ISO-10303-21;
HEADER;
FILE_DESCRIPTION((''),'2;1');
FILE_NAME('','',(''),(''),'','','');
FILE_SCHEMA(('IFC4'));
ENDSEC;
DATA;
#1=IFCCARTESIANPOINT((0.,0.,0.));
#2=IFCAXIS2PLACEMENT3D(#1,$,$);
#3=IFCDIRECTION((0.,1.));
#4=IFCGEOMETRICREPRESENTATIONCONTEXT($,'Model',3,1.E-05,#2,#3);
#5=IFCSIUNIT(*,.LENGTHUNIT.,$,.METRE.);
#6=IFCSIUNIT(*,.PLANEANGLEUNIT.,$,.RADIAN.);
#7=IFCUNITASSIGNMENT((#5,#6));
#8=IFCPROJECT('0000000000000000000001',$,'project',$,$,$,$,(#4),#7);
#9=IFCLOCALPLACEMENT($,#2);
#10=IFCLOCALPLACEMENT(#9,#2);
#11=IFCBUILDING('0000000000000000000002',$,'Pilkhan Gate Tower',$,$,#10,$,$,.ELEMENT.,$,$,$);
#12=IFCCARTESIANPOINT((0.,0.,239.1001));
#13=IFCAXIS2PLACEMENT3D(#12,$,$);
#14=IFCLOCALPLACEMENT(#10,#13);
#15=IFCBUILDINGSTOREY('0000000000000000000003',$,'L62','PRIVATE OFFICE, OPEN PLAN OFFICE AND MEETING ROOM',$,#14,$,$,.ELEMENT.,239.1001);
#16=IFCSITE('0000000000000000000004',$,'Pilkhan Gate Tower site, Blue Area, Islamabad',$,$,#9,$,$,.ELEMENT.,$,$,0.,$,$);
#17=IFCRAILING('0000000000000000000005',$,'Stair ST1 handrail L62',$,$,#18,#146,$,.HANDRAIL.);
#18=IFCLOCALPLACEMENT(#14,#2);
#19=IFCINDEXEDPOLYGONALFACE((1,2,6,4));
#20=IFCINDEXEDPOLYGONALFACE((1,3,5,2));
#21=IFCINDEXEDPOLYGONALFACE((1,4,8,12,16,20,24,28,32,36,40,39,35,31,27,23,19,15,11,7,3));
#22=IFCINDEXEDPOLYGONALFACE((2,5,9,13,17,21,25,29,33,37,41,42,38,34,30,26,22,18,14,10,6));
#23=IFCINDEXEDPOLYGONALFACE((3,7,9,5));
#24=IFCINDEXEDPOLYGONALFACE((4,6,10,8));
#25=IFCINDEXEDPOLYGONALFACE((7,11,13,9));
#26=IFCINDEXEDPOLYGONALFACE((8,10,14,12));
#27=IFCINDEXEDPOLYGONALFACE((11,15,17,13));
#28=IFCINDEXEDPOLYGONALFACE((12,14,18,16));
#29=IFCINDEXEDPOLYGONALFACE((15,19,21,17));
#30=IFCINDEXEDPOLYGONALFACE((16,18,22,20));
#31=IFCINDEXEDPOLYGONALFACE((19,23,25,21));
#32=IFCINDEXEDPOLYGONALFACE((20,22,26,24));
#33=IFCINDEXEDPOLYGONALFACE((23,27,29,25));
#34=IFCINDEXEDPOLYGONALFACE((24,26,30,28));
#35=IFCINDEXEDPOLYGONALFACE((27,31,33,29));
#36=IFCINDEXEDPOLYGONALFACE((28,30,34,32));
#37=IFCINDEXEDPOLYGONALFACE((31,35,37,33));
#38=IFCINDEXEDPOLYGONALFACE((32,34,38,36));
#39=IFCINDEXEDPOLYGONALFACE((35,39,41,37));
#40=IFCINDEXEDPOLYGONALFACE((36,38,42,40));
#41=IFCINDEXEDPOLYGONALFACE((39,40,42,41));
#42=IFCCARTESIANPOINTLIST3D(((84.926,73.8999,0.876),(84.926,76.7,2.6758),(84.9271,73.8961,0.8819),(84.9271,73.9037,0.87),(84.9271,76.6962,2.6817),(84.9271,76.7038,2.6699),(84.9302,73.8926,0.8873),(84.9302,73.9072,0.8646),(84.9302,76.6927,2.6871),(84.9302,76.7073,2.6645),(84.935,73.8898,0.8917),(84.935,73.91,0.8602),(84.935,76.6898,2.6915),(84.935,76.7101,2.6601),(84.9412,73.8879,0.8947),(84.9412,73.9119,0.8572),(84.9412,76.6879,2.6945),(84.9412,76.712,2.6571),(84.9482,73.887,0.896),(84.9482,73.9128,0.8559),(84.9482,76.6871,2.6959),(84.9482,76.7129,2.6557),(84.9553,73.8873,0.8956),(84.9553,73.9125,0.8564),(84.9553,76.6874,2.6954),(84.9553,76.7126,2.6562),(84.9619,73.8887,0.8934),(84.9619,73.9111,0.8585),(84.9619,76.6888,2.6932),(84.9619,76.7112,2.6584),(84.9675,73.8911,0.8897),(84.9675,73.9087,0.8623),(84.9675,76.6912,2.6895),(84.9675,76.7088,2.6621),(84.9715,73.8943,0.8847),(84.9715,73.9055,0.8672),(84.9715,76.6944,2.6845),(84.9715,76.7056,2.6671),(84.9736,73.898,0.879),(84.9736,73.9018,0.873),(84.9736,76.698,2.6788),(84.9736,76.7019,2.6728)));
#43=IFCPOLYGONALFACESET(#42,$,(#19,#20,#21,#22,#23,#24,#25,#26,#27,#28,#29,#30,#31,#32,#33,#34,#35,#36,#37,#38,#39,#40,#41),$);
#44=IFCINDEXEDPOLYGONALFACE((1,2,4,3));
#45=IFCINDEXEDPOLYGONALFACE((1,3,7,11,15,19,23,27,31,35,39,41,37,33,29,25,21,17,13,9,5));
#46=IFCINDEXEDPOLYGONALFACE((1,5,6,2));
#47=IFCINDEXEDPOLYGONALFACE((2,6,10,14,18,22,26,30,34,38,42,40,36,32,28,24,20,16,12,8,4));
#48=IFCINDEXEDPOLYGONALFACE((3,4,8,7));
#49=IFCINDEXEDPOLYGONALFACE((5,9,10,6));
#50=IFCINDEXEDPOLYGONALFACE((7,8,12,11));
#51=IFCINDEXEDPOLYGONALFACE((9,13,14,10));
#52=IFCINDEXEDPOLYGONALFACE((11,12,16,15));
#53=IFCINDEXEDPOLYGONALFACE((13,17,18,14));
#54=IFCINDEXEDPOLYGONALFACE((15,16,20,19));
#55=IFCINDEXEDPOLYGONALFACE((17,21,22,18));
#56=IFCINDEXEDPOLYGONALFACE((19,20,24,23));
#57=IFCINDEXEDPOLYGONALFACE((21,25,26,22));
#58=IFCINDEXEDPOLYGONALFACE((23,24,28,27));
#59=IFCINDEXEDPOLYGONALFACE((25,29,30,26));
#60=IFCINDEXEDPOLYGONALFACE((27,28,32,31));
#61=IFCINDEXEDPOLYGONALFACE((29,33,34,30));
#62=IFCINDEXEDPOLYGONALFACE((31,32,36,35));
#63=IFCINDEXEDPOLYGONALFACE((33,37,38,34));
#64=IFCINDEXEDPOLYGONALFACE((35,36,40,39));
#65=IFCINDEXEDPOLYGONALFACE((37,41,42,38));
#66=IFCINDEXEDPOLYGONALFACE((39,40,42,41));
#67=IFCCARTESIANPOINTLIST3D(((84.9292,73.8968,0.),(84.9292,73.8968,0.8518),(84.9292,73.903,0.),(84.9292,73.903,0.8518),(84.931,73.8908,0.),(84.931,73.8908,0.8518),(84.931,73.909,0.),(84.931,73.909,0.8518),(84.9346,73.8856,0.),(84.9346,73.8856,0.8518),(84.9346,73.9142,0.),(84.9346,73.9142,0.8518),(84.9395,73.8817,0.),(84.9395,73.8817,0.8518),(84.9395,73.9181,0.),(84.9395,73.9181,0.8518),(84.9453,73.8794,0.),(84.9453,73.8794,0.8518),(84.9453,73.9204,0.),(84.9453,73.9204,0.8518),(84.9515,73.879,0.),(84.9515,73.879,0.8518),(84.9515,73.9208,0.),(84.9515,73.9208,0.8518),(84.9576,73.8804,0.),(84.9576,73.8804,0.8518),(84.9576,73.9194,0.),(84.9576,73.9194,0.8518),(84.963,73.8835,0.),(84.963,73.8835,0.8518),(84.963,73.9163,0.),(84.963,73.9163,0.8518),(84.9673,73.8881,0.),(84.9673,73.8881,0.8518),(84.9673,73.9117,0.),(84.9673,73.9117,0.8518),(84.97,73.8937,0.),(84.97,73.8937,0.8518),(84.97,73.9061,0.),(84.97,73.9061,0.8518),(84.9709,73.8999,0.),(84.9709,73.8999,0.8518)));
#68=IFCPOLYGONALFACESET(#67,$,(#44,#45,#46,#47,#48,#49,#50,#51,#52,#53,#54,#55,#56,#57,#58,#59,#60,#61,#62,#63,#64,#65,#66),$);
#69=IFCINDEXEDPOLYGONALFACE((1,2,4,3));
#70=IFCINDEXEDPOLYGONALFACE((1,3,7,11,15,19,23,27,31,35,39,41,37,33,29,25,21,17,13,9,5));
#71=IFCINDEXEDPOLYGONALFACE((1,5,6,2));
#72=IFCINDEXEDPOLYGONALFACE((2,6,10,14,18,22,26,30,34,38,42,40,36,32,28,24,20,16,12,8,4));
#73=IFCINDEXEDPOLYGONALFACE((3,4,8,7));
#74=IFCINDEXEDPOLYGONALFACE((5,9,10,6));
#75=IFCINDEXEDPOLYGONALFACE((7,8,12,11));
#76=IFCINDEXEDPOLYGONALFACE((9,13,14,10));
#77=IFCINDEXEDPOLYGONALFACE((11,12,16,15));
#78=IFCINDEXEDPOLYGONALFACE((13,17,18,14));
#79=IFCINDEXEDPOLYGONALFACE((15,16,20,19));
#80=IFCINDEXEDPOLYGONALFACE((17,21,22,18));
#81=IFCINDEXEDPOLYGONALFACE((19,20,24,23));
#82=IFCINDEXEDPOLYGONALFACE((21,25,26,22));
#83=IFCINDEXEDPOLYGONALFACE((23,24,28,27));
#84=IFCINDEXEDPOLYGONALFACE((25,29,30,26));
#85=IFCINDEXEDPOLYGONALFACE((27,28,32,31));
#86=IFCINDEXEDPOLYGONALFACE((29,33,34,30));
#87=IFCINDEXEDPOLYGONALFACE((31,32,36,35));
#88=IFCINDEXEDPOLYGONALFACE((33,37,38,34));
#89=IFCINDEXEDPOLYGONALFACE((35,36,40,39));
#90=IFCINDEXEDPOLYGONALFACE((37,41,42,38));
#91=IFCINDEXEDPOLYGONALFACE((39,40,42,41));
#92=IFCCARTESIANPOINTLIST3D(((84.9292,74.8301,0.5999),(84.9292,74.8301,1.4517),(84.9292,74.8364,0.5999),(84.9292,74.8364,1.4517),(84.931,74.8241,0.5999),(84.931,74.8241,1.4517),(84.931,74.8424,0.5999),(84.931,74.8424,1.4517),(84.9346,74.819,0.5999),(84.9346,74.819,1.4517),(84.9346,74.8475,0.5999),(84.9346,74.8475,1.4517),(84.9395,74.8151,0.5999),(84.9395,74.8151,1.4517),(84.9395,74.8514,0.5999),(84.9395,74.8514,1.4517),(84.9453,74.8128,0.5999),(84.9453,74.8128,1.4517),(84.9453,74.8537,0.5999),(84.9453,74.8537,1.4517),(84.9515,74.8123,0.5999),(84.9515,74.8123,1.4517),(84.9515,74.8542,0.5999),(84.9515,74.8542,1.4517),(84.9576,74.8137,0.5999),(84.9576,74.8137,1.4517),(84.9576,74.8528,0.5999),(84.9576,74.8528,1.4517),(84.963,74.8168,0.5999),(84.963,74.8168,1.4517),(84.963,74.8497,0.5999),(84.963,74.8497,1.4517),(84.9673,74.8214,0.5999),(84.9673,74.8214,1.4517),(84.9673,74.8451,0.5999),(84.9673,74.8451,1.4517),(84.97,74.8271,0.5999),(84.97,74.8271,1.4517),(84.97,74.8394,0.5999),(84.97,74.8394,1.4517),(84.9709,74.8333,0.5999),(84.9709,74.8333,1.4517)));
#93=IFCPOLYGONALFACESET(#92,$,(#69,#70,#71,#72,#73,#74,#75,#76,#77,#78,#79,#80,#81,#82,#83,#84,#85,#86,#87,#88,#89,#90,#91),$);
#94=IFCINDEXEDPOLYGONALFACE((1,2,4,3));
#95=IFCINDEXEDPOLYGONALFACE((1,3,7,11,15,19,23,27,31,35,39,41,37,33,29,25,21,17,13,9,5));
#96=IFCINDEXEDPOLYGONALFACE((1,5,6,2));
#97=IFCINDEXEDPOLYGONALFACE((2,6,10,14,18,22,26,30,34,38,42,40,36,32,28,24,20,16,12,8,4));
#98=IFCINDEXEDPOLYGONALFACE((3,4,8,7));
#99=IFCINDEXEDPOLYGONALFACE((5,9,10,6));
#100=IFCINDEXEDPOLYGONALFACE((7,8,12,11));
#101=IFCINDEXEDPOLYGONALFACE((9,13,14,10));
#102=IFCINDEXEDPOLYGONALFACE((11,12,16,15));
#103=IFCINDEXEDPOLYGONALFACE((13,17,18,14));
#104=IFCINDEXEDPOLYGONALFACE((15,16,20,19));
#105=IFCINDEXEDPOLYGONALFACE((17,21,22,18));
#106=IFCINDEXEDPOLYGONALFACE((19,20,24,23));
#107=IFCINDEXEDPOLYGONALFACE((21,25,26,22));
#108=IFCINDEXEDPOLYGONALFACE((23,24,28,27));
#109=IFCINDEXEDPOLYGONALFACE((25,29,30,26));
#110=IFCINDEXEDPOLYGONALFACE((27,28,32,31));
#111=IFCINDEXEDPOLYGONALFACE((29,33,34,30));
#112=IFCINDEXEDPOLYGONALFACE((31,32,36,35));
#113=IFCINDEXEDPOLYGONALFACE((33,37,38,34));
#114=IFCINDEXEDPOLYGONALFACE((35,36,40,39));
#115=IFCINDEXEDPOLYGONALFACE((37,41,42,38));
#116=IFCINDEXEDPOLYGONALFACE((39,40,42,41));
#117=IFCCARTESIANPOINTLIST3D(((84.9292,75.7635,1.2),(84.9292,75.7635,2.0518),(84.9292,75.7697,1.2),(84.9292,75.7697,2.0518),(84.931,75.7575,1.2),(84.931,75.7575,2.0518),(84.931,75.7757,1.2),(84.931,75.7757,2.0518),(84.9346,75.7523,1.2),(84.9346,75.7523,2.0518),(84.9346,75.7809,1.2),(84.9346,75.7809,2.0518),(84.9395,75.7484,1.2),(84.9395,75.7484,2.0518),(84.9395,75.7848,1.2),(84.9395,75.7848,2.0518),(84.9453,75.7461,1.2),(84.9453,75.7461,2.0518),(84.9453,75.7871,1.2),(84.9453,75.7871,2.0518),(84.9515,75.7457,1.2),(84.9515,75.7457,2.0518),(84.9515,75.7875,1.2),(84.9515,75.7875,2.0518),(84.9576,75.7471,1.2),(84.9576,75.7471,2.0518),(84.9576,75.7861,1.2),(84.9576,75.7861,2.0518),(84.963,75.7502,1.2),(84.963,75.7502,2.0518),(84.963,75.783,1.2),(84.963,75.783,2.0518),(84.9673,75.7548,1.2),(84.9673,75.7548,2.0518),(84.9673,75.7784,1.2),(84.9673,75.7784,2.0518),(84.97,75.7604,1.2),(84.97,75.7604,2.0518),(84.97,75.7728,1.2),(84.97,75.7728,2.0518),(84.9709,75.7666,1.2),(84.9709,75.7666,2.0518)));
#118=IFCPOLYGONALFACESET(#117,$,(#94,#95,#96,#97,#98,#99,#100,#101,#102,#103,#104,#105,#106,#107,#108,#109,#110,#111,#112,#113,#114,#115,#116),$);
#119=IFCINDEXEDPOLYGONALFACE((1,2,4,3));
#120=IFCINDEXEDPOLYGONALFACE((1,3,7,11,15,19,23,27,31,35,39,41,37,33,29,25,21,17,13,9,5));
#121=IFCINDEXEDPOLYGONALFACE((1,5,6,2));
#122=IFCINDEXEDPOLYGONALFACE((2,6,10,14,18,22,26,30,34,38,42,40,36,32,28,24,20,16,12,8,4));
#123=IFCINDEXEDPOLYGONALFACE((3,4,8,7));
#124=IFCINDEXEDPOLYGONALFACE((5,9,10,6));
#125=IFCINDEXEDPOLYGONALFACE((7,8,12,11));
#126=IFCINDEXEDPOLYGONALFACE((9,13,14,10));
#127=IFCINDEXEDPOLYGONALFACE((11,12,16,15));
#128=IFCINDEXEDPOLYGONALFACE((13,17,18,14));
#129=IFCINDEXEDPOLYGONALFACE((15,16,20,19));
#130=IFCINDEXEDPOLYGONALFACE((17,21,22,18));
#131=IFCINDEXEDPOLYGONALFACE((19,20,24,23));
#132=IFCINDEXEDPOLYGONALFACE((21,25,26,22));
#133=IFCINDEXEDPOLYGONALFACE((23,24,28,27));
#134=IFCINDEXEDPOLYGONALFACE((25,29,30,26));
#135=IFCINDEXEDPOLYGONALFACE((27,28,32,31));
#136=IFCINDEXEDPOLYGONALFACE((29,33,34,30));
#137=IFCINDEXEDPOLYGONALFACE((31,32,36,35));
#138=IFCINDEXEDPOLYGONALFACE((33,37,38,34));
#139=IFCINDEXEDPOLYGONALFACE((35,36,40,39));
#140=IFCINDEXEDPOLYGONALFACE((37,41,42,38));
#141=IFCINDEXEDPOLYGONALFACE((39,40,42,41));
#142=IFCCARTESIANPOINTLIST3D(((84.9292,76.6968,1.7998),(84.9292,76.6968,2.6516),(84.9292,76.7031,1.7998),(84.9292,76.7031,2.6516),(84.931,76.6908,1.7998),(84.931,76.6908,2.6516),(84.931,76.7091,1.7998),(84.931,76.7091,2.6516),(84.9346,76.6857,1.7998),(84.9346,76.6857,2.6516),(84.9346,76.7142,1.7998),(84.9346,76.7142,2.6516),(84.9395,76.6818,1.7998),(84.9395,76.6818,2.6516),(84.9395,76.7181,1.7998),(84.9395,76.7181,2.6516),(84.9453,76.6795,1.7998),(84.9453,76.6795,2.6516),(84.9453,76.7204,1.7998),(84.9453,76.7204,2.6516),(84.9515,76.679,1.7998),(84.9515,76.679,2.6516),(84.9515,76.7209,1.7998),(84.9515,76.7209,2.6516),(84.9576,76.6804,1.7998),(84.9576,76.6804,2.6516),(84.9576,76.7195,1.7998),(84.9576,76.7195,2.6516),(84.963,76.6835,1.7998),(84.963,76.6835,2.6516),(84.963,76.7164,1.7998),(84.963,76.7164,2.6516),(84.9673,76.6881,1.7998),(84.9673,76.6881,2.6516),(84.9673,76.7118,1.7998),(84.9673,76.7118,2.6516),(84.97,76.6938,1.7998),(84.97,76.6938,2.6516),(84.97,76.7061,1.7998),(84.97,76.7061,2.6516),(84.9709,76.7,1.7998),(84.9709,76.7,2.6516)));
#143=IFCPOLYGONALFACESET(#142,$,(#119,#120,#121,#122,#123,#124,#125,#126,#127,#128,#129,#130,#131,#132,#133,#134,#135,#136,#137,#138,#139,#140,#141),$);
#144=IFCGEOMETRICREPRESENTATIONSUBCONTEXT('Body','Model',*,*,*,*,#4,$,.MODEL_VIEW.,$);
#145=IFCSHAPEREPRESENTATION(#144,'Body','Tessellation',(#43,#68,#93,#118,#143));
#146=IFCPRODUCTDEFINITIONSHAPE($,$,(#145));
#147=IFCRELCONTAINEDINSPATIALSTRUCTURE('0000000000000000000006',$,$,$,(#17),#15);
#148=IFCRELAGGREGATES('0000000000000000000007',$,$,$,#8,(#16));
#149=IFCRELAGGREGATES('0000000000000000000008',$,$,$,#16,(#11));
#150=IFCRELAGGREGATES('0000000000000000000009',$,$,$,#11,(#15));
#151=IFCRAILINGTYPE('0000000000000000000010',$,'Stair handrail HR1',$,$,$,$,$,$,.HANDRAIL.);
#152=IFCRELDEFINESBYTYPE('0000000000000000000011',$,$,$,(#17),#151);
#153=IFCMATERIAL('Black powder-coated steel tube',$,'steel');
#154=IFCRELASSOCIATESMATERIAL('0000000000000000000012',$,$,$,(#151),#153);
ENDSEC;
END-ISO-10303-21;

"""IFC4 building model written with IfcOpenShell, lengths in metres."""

from ifc_helpers import new_model, si_unit, direction, frame, origin, origin_2d, place, context, subcontext, project, spatial, circle, extrude, material, type_object, element, save


model = new_model("IFC4")

# Units and contexts
model_context = context("Model", 3, precision=1e-05, world=origin(), true_north=direction((0.0, 1.0)))
body_context = subcontext(model_context, "Body", "Model", "MODEL_VIEW")
ifc_project = project(units=[si_unit("LENGTHUNIT", "METRE"), si_unit("PLANEANGLEUNIT", "RADIAN")], contexts=[model_context])

# Site, building, storey
site_placement = place(None, origin())
site = spatial("IfcSite", under=ifc_project, at=site_placement, Name="Pilkhan Gate Tower site, Blue Area, Islamabad", CompositionType="ELEMENT", RefElevation=0.0)
building_placement = place(site_placement, origin())
building = spatial("IfcBuilding", under=site, at=building_placement, Name="Pilkhan Gate Tower", CompositionType="ELEMENT")
storey_placement = place(building_placement, frame((0.0, 0.0, 239.1001)))
storey = spatial("IfcBuildingStorey", under=building, at=storey_placement, Name="L62", Description="PRIVATE OFFICE, OPEN PLAN OFFICE AND MEETING ROOM", CompositionType="ELEMENT", Elevation=239.1001)

# Railing
ifc_material_1 = material(Name="Black powder-coated steel tube", Category="steel")
railing_type = type_object("IfcRailingType", Name="Stair handrail HR1", PredefinedType="HANDRAIL", material=ifc_material_1)
railing_placement = place(storey_placement, frame((84.95, 73.8999, 0.0)))
element("IfcRailing", 1, at=railing_placement, inside=storey, type_object=railing_type, Name="Stair ST1 handrail L62", PredefinedType="HANDRAIL", context=body_context, shape_type="SweptSolid", body=[
    extrude(circle(Radius=0.0239, at=origin_2d()), frame((0.0, 0.0, 0.876), z_axis=(0.0, 0.841209, 0.540709), x_axis=(-1.0, 0.0, 0.0)), (0.0, 0.0, 1.0), 3.3286),
    extrude(circle(Radius=0.021, at=origin_2d()), origin(), (0.0, 0.0, 1.0), 0.8518),
    extrude(circle(Radius=0.021, at=origin_2d()), frame((0.0, 0.9333, 0.5999)), (0.0, 0.0, 1.0), 0.8518),
    extrude(circle(Radius=0.021, at=origin_2d()), frame((0.0, 1.8667, 1.2)), (0.0, 0.0, 1.0), 0.8518),
    extrude(circle(Radius=0.021, at=origin_2d()), frame((0.0, 2.8, 1.7998)), (0.0, 0.0, 1.0), 0.8518),
])

save(model, "model.ifc")
